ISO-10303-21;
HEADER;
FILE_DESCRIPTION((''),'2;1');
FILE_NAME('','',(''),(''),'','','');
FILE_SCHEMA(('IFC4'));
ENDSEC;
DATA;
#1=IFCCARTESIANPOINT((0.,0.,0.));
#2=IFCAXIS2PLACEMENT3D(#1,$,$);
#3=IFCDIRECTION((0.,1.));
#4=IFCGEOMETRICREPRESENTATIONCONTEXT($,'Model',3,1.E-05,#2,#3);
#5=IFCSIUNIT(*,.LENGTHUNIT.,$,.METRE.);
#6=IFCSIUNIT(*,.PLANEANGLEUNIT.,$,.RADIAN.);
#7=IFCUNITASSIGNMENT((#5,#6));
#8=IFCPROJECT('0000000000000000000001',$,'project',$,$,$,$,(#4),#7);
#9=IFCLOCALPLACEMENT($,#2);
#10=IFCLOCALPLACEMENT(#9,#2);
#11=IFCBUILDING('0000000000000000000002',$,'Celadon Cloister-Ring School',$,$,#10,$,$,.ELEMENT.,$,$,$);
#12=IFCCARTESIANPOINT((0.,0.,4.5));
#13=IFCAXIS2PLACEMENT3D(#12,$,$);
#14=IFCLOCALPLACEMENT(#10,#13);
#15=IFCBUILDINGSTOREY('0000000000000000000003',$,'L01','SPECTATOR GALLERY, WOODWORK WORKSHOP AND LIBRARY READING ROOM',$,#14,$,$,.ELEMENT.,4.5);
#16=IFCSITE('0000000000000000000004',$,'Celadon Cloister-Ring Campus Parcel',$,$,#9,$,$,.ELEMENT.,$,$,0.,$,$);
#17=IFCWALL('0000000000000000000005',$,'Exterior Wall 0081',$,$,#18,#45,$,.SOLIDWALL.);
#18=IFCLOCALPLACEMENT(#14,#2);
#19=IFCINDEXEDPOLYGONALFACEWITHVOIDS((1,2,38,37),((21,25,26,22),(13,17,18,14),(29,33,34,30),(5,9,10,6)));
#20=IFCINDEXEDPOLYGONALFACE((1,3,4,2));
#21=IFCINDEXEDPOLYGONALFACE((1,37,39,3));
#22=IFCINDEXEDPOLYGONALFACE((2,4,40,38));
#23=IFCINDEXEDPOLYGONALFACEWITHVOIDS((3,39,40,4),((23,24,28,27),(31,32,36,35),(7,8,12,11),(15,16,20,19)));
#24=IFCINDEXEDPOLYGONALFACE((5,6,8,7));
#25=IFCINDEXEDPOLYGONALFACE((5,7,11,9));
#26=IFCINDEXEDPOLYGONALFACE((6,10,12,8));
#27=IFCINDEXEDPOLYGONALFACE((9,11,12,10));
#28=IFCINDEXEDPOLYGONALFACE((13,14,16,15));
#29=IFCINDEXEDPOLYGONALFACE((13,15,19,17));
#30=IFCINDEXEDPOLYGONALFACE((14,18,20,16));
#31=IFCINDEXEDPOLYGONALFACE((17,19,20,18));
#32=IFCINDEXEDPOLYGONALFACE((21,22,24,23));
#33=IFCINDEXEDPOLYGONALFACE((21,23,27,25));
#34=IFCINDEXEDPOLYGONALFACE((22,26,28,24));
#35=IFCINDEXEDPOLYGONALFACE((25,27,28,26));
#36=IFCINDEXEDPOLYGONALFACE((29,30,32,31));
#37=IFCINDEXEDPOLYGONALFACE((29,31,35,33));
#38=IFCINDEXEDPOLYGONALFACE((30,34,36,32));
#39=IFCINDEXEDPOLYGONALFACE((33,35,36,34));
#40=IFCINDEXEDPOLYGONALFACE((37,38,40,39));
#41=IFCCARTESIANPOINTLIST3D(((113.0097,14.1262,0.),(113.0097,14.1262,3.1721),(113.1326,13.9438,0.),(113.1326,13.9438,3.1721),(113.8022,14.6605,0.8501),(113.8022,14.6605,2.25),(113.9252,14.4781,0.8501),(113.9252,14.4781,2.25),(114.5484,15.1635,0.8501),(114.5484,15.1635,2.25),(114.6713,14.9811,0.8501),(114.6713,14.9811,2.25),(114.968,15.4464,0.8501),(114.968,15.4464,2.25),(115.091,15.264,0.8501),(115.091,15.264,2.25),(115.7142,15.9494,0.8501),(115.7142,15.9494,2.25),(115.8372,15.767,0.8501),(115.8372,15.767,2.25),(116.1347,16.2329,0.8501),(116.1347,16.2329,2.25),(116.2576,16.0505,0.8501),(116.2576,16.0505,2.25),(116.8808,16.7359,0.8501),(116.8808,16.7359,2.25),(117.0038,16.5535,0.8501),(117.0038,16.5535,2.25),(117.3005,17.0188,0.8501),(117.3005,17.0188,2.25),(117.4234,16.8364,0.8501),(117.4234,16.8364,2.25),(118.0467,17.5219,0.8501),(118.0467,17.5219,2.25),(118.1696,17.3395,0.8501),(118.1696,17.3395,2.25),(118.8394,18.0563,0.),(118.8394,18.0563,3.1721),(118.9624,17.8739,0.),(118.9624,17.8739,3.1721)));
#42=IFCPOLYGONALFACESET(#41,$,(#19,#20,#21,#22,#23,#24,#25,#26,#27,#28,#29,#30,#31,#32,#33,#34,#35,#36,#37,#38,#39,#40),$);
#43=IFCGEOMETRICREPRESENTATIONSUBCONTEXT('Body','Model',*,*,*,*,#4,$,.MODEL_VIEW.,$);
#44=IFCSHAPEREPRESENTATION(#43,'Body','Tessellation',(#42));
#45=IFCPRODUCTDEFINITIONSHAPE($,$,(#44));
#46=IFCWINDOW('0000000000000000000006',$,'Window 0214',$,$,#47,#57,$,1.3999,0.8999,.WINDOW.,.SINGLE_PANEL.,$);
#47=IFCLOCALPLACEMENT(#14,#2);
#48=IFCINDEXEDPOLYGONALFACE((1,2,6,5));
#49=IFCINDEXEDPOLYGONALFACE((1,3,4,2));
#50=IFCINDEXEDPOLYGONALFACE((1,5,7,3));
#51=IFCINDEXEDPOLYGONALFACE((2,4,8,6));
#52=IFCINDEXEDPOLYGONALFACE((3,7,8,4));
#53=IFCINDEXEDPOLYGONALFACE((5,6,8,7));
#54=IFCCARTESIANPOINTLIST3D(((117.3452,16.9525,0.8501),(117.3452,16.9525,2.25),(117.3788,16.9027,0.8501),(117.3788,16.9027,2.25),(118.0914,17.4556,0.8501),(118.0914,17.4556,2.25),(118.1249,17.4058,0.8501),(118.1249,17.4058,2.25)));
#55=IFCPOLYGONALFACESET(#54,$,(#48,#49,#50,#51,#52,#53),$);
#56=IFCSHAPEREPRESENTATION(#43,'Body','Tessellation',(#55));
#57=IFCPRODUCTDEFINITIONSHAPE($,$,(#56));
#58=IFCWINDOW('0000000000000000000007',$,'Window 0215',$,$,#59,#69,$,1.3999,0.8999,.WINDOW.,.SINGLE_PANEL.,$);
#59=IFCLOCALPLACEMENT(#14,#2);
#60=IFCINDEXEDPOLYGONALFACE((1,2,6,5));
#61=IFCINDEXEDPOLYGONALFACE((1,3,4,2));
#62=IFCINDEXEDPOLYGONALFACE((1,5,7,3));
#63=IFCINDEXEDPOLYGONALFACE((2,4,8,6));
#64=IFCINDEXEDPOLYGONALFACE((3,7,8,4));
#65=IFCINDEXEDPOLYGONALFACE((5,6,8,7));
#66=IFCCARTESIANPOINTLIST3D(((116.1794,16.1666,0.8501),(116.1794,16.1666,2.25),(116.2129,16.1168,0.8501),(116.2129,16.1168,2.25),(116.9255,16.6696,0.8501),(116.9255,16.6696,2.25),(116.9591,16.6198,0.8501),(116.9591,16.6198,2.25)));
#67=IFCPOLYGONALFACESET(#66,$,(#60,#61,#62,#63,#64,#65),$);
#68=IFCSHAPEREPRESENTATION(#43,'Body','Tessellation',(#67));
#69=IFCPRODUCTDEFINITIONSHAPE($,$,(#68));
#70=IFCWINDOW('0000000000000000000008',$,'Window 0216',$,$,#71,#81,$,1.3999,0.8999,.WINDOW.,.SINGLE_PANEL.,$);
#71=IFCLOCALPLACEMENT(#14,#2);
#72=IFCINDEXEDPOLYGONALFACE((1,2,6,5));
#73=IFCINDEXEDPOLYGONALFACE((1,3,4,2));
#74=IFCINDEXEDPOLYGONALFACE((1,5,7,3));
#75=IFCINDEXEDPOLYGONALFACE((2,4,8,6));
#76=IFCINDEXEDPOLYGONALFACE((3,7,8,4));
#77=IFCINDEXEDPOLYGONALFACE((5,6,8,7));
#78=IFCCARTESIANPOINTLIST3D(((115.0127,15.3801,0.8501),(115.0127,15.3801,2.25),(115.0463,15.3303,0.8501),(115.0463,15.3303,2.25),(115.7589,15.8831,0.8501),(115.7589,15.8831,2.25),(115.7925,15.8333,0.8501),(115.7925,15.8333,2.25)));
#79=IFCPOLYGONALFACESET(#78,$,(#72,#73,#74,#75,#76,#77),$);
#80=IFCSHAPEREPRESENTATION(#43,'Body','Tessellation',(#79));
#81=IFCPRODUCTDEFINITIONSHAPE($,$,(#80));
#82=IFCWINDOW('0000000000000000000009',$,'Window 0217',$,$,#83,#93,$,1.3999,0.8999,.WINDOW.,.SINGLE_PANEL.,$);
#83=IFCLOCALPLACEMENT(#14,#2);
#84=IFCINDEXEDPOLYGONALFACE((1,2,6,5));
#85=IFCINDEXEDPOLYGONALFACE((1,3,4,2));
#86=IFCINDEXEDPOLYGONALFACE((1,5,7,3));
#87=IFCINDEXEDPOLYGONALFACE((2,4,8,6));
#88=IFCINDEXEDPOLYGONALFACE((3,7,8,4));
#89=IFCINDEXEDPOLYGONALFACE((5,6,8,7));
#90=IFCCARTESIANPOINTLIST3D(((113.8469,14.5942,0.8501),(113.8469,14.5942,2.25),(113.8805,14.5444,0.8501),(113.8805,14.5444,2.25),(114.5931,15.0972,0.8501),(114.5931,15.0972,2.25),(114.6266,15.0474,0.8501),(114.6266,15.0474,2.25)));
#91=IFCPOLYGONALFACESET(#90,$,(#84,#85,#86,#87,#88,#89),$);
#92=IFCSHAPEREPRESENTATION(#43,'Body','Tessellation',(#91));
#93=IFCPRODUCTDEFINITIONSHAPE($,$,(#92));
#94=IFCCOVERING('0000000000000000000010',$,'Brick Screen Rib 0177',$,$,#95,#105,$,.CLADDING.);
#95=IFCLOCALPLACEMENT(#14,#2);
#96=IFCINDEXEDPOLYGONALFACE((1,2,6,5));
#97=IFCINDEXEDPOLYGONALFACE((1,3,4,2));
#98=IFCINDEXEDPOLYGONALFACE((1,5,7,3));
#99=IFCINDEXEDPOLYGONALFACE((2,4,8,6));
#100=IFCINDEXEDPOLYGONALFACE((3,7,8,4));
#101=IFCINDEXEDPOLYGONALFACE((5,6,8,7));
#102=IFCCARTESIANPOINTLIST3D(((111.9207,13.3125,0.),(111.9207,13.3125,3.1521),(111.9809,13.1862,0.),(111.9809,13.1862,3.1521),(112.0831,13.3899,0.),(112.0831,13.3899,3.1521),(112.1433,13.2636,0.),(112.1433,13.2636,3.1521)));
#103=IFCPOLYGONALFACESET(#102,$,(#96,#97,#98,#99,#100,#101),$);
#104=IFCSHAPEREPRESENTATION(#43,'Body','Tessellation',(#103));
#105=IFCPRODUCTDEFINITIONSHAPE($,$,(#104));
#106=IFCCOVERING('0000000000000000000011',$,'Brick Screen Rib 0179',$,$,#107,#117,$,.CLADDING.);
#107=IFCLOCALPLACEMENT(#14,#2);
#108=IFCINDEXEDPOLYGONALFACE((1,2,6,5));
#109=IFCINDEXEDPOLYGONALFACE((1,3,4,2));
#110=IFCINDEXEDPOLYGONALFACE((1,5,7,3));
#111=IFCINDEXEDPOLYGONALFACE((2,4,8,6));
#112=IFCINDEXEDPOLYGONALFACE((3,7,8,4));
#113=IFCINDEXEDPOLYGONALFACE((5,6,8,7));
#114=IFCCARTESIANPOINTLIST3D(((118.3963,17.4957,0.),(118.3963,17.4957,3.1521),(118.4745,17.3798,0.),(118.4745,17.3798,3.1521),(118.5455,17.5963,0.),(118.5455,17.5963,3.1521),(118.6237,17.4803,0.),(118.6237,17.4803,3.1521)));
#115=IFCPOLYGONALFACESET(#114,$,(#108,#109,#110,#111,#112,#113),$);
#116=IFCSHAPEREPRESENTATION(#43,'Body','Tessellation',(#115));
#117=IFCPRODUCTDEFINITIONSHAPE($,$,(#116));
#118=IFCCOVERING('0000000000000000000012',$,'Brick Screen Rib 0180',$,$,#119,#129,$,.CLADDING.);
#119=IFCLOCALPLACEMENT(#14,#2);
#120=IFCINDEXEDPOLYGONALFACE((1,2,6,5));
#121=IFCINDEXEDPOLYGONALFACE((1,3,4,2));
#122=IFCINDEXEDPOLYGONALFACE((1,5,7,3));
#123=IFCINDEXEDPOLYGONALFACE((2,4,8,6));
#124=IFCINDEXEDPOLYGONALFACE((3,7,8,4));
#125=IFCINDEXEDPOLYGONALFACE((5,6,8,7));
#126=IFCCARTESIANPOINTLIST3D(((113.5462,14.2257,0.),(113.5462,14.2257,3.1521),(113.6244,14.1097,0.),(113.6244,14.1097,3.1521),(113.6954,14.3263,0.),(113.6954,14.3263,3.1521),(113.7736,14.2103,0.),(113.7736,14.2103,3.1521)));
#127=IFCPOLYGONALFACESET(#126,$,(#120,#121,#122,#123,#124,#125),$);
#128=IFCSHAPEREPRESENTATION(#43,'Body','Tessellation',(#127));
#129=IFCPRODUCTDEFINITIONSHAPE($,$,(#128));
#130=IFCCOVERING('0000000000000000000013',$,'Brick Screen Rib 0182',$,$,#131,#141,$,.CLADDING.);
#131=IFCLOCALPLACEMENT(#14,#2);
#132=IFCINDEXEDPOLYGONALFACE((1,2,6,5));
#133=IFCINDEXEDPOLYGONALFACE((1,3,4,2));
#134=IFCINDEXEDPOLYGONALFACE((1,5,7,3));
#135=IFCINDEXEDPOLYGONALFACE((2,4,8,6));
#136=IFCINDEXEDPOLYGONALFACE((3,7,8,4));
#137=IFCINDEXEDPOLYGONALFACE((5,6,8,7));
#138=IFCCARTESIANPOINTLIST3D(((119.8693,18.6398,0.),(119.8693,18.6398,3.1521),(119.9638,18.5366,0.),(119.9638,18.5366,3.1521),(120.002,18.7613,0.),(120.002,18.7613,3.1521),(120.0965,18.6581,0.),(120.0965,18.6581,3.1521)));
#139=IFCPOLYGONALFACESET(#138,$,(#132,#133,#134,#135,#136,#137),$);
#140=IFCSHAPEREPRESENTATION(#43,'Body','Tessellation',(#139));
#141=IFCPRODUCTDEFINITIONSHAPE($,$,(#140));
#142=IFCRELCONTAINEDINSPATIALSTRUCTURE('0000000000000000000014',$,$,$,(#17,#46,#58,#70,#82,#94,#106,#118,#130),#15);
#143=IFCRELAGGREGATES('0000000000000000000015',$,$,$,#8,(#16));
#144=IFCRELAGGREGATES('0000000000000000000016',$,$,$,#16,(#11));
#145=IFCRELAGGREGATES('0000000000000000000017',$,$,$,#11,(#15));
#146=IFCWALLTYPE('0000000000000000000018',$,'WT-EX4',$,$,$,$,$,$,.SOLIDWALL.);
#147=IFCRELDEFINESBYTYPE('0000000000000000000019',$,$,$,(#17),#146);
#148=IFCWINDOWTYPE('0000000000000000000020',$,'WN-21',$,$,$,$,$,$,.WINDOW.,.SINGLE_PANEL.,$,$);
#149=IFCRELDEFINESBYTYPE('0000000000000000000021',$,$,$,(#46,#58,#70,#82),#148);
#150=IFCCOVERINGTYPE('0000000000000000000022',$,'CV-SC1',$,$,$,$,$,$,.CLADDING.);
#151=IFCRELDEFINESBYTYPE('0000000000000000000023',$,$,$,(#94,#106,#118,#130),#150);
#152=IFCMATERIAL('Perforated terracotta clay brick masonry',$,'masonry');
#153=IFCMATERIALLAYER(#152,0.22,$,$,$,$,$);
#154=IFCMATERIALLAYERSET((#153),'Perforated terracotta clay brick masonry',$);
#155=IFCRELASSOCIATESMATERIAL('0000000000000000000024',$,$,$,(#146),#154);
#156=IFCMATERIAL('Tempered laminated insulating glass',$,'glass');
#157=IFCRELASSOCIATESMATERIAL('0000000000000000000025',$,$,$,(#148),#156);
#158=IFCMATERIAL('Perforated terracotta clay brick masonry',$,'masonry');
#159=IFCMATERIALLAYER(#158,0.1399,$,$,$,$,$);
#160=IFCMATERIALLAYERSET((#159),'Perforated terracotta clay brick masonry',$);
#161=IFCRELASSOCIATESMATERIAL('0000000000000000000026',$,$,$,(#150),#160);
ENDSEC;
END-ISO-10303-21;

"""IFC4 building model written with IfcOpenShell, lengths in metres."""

from ifc_helpers import new_model, si_unit, direction, frame, frame_2d, origin, origin_2d, place, context, subcontext, project, spatial, rectangle, extrude, material, layer, layer_set, type_object, element, fill, save


model = new_model("IFC4")

# Units and contexts
model_context = context("Model", 3, precision=1e-05, world=origin(), true_north=direction((0.0, 1.0)))
body_context = subcontext(model_context, "Body", "Model", "MODEL_VIEW")
ifc_project = project(units=[si_unit("LENGTHUNIT", "METRE"), si_unit("PLANEANGLEUNIT", "RADIAN")], contexts=[model_context])

# Site, building, storey
site_placement = place(None, origin())
site = spatial("IfcSite", under=ifc_project, at=site_placement, Name="Celadon Cloister-Ring Campus Parcel", CompositionType="ELEMENT", RefElevation=0.0)
building_placement = place(site_placement, origin())
building = spatial("IfcBuilding", under=site, at=building_placement, Name="Celadon Cloister-Ring School", CompositionType="ELEMENT")
storey_placement = place(building_placement, frame((0.0, 0.0, 4.5)))
storey = spatial("IfcBuildingStorey", under=building, at=storey_placement, Name="L01", Description="SPECTATOR GALLERY, WOODWORK WORKSHOP AND LIBRARY READING ROOM", CompositionType="ELEMENT", Elevation=4.5)

# Wall, openings, windows
ifc_material_1 = material(Name="Perforated terracotta clay brick masonry", Category="masonry")
ifc_layer_1 = layer(ifc_material_1, 0.22)
ifc_layer_set_1 = layer_set([ifc_layer_1], Name="Perforated terracotta clay brick masonry")
wall_type = type_object("IfcWallType", Name="WT-EX4", PredefinedType="SOLIDWALL", material=ifc_layer_set_1)
ifc_material_2 = material(Name="Tempered laminated insulating glass", Category="glass")
window_type = type_object("IfcWindowType", Name="WN-21", PartitioningType="SINGLE_PANEL", PredefinedType="WINDOW", material=ifc_material_2)
wall_1_placement = place(storey_placement, frame((118.9009, 17.9651, 0.0), z_axis=(0.0, 0.0, 1.0), x_axis=(-0.829176, -0.558988, 0.0)))
wall_1 = element("IfcWall", 1, at=wall_1_placement, inside=storey, type_object=wall_type, Name="Exterior Wall 0081", PredefinedType="SOLIDWALL", context=body_context, shape_type="SweptSolid", body=[
    extrude(rectangle(XDim=7.0308, YDim=0.22, at=frame_2d((3.5154, 0.0))), origin(), (0.0, 0.0, 1.0), 3.1721),
])
opening_1_placement = place(wall_1_placement, frame((0.9561, 0.0, 0.8501)))
opening_1 = element("IfcOpeningElement", 2, at=opening_1_placement, cuts=wall_1, PredefinedType="OPENING", context=body_context, shape_type="SweptSolid", body=[
    extrude(rectangle(XDim=0.8999, YDim=1.3999, at=frame_2d((0.45, 0.7))), frame((0.0, 0.1201, 0.0), z_axis=(0.0, -1.0, 0.0), x_axis=(1.0, 0.0, 0.0)), (0.0, 0.0, 1.0), 0.24),
])
opening_2_placement = place(wall_1_placement, frame((2.3621, 0.0, 0.8501)))
opening_2 = element("IfcOpeningElement", 3, at=opening_2_placement, cuts=wall_1, PredefinedType="OPENING", context=body_context, shape_type="SweptSolid", body=[
    extrude(rectangle(XDim=0.8999, YDim=1.3999, at=frame_2d((0.45, 0.7))), frame((0.0, 0.1201, 0.0), z_axis=(0.0, -1.0, 0.0), x_axis=(1.0, 0.0, 0.0)), (0.0, 0.0, 1.0), 0.24),
])
opening_3_placement = place(wall_1_placement, frame((3.769, 0.0, 0.8501)))
opening_3 = element("IfcOpeningElement", 4, at=opening_3_placement, cuts=wall_1, PredefinedType="OPENING", context=body_context, shape_type="SweptSolid", body=[
    extrude(rectangle(XDim=0.8999, YDim=1.3999, at=frame_2d((0.45, 0.7))), frame((0.0, 0.1201, 0.0), z_axis=(0.0, -1.0, 0.0), x_axis=(1.0, 0.0, 0.0)), (0.0, 0.0, 1.0), 0.24),
])
opening_4_placement = place(wall_1_placement, frame((5.175, 0.0, 0.8501)))
opening_4 = element("IfcOpeningElement", 5, at=opening_4_placement, cuts=wall_1, PredefinedType="OPENING", context=body_context, shape_type="SweptSolid", body=[
    extrude(rectangle(XDim=0.8999, YDim=1.3999, at=frame_2d((0.45, 0.7))), frame((0.0, 0.1201, 0.0), z_axis=(0.0, -1.0, 0.0), x_axis=(1.0, 0.0, 0.0)), (0.0, 0.0, 1.0), 0.24),
])
window_1_placement = place(opening_1_placement, origin())
window_1 = element("IfcWindow", 6, at=window_1_placement, inside=storey, type_object=window_type, Name="Window 0214", OverallHeight=1.3999, OverallWidth=0.8999, PartitioningType="SINGLE_PANEL", PredefinedType="WINDOW", context=body_context, shape_type="SweptSolid", body=[
    extrude(rectangle(XDim=0.8999, YDim=1.3999, at=frame_2d((0.45, 0.7))), frame((0.0, 0.03, 0.0), z_axis=(0.0, -1.0, 0.0), x_axis=(1.0, 0.0, 0.0)), (0.0, 0.0, 1.0), 0.0601),
])
fill(opening_1, window_1)
window_2_placement = place(opening_2_placement, origin())
window_2 = element("IfcWindow", 7, at=window_2_placement, inside=storey, type_object=window_type, Name="Window 0215", OverallHeight=1.3999, OverallWidth=0.8999, PartitioningType="SINGLE_PANEL", PredefinedType="WINDOW", context=body_context, shape_type="SweptSolid", body=[
    extrude(rectangle(XDim=0.8999, YDim=1.3999, at=frame_2d((0.45, 0.7))), frame((0.0, 0.03, 0.0), z_axis=(0.0, -1.0, 0.0), x_axis=(1.0, 0.0, 0.0)), (0.0, 0.0, 1.0), 0.0601),
])
fill(opening_2, window_2)
window_3_placement = place(opening_3_placement, origin())
window_3 = element("IfcWindow", 8, at=window_3_placement, inside=storey, type_object=window_type, Name="Window 0216", OverallHeight=1.3999, OverallWidth=0.8999, PartitioningType="SINGLE_PANEL", PredefinedType="WINDOW", context=body_context, shape_type="SweptSolid", body=[
    extrude(rectangle(XDim=0.8999, YDim=1.3999, at=frame_2d((0.45, 0.7))), frame((0.0, 0.03, 0.0), z_axis=(0.0, -1.0, 0.0), x_axis=(1.0, 0.0, 0.0)), (0.0, 0.0, 1.0), 0.0601),
])
fill(opening_3, window_3)
window_4_placement = place(opening_4_placement, origin())
window_4 = element("IfcWindow", 9, at=window_4_placement, inside=storey, type_object=window_type, Name="Window 0217", OverallHeight=1.3999, OverallWidth=0.8999, PartitioningType="SINGLE_PANEL", PredefinedType="WINDOW", context=body_context, shape_type="SweptSolid", body=[
    extrude(rectangle(XDim=0.8999, YDim=1.3999, at=frame_2d((0.45, 0.7))), frame((0.0, 0.03, 0.0), z_axis=(0.0, -1.0, 0.0), x_axis=(1.0, 0.0, 0.0)), (0.0, 0.0, 1.0), 0.0601),
])
fill(opening_4, window_4)

# Coverings
ifc_material_3 = material(Name="Perforated terracotta clay brick masonry", Category="masonry")
ifc_layer_2 = layer(ifc_material_3, 0.1399)
ifc_layer_set_2 = layer_set([ifc_layer_2], Name="Perforated terracotta clay brick masonry")
covering_type = type_object("IfcCoveringType", Name="CV-SC1", PredefinedType="CLADDING", material=ifc_layer_set_2)
for number, where, z_axis, x_axis, name in (
    (10, (112.032, 13.2881, 0.0), (0.0, 0.0, 1.0), (-0.902743, -0.43018, 0.0), "Brick Screen Rib 0177"),
    (11, (118.51, 17.488, 0.0), (0.0, 0.0, 1.0), (-0.829194, -0.558961, 0.0), "Brick Screen Rib 0179"),
    (12, (113.6599, 14.218, 0.0), (0.0, 0.0, 1.0), (-0.829194, -0.558961, 0.0), "Brick Screen Rib 0180"),
    (13, (119.9829, 18.6489, 0.0), (0.0, 0.0, 1.0), (-0.737501, -0.675346, 0.0), "Brick Screen Rib 0182"),
):
    element("IfcCovering", number, at=place(storey_placement, frame(where, z_axis=z_axis, x_axis=x_axis)), inside=storey, type_object=covering_type, Name=name, PredefinedType="CLADDING", context=body_context, shape_type="SweptSolid", body=[
        extrude(rectangle(XDim=0.1799, YDim=0.1399, at=origin_2d()), origin(), (0.0, 0.0, 1.0), 3.1521),
    ])

save(model, "model.ifc")
